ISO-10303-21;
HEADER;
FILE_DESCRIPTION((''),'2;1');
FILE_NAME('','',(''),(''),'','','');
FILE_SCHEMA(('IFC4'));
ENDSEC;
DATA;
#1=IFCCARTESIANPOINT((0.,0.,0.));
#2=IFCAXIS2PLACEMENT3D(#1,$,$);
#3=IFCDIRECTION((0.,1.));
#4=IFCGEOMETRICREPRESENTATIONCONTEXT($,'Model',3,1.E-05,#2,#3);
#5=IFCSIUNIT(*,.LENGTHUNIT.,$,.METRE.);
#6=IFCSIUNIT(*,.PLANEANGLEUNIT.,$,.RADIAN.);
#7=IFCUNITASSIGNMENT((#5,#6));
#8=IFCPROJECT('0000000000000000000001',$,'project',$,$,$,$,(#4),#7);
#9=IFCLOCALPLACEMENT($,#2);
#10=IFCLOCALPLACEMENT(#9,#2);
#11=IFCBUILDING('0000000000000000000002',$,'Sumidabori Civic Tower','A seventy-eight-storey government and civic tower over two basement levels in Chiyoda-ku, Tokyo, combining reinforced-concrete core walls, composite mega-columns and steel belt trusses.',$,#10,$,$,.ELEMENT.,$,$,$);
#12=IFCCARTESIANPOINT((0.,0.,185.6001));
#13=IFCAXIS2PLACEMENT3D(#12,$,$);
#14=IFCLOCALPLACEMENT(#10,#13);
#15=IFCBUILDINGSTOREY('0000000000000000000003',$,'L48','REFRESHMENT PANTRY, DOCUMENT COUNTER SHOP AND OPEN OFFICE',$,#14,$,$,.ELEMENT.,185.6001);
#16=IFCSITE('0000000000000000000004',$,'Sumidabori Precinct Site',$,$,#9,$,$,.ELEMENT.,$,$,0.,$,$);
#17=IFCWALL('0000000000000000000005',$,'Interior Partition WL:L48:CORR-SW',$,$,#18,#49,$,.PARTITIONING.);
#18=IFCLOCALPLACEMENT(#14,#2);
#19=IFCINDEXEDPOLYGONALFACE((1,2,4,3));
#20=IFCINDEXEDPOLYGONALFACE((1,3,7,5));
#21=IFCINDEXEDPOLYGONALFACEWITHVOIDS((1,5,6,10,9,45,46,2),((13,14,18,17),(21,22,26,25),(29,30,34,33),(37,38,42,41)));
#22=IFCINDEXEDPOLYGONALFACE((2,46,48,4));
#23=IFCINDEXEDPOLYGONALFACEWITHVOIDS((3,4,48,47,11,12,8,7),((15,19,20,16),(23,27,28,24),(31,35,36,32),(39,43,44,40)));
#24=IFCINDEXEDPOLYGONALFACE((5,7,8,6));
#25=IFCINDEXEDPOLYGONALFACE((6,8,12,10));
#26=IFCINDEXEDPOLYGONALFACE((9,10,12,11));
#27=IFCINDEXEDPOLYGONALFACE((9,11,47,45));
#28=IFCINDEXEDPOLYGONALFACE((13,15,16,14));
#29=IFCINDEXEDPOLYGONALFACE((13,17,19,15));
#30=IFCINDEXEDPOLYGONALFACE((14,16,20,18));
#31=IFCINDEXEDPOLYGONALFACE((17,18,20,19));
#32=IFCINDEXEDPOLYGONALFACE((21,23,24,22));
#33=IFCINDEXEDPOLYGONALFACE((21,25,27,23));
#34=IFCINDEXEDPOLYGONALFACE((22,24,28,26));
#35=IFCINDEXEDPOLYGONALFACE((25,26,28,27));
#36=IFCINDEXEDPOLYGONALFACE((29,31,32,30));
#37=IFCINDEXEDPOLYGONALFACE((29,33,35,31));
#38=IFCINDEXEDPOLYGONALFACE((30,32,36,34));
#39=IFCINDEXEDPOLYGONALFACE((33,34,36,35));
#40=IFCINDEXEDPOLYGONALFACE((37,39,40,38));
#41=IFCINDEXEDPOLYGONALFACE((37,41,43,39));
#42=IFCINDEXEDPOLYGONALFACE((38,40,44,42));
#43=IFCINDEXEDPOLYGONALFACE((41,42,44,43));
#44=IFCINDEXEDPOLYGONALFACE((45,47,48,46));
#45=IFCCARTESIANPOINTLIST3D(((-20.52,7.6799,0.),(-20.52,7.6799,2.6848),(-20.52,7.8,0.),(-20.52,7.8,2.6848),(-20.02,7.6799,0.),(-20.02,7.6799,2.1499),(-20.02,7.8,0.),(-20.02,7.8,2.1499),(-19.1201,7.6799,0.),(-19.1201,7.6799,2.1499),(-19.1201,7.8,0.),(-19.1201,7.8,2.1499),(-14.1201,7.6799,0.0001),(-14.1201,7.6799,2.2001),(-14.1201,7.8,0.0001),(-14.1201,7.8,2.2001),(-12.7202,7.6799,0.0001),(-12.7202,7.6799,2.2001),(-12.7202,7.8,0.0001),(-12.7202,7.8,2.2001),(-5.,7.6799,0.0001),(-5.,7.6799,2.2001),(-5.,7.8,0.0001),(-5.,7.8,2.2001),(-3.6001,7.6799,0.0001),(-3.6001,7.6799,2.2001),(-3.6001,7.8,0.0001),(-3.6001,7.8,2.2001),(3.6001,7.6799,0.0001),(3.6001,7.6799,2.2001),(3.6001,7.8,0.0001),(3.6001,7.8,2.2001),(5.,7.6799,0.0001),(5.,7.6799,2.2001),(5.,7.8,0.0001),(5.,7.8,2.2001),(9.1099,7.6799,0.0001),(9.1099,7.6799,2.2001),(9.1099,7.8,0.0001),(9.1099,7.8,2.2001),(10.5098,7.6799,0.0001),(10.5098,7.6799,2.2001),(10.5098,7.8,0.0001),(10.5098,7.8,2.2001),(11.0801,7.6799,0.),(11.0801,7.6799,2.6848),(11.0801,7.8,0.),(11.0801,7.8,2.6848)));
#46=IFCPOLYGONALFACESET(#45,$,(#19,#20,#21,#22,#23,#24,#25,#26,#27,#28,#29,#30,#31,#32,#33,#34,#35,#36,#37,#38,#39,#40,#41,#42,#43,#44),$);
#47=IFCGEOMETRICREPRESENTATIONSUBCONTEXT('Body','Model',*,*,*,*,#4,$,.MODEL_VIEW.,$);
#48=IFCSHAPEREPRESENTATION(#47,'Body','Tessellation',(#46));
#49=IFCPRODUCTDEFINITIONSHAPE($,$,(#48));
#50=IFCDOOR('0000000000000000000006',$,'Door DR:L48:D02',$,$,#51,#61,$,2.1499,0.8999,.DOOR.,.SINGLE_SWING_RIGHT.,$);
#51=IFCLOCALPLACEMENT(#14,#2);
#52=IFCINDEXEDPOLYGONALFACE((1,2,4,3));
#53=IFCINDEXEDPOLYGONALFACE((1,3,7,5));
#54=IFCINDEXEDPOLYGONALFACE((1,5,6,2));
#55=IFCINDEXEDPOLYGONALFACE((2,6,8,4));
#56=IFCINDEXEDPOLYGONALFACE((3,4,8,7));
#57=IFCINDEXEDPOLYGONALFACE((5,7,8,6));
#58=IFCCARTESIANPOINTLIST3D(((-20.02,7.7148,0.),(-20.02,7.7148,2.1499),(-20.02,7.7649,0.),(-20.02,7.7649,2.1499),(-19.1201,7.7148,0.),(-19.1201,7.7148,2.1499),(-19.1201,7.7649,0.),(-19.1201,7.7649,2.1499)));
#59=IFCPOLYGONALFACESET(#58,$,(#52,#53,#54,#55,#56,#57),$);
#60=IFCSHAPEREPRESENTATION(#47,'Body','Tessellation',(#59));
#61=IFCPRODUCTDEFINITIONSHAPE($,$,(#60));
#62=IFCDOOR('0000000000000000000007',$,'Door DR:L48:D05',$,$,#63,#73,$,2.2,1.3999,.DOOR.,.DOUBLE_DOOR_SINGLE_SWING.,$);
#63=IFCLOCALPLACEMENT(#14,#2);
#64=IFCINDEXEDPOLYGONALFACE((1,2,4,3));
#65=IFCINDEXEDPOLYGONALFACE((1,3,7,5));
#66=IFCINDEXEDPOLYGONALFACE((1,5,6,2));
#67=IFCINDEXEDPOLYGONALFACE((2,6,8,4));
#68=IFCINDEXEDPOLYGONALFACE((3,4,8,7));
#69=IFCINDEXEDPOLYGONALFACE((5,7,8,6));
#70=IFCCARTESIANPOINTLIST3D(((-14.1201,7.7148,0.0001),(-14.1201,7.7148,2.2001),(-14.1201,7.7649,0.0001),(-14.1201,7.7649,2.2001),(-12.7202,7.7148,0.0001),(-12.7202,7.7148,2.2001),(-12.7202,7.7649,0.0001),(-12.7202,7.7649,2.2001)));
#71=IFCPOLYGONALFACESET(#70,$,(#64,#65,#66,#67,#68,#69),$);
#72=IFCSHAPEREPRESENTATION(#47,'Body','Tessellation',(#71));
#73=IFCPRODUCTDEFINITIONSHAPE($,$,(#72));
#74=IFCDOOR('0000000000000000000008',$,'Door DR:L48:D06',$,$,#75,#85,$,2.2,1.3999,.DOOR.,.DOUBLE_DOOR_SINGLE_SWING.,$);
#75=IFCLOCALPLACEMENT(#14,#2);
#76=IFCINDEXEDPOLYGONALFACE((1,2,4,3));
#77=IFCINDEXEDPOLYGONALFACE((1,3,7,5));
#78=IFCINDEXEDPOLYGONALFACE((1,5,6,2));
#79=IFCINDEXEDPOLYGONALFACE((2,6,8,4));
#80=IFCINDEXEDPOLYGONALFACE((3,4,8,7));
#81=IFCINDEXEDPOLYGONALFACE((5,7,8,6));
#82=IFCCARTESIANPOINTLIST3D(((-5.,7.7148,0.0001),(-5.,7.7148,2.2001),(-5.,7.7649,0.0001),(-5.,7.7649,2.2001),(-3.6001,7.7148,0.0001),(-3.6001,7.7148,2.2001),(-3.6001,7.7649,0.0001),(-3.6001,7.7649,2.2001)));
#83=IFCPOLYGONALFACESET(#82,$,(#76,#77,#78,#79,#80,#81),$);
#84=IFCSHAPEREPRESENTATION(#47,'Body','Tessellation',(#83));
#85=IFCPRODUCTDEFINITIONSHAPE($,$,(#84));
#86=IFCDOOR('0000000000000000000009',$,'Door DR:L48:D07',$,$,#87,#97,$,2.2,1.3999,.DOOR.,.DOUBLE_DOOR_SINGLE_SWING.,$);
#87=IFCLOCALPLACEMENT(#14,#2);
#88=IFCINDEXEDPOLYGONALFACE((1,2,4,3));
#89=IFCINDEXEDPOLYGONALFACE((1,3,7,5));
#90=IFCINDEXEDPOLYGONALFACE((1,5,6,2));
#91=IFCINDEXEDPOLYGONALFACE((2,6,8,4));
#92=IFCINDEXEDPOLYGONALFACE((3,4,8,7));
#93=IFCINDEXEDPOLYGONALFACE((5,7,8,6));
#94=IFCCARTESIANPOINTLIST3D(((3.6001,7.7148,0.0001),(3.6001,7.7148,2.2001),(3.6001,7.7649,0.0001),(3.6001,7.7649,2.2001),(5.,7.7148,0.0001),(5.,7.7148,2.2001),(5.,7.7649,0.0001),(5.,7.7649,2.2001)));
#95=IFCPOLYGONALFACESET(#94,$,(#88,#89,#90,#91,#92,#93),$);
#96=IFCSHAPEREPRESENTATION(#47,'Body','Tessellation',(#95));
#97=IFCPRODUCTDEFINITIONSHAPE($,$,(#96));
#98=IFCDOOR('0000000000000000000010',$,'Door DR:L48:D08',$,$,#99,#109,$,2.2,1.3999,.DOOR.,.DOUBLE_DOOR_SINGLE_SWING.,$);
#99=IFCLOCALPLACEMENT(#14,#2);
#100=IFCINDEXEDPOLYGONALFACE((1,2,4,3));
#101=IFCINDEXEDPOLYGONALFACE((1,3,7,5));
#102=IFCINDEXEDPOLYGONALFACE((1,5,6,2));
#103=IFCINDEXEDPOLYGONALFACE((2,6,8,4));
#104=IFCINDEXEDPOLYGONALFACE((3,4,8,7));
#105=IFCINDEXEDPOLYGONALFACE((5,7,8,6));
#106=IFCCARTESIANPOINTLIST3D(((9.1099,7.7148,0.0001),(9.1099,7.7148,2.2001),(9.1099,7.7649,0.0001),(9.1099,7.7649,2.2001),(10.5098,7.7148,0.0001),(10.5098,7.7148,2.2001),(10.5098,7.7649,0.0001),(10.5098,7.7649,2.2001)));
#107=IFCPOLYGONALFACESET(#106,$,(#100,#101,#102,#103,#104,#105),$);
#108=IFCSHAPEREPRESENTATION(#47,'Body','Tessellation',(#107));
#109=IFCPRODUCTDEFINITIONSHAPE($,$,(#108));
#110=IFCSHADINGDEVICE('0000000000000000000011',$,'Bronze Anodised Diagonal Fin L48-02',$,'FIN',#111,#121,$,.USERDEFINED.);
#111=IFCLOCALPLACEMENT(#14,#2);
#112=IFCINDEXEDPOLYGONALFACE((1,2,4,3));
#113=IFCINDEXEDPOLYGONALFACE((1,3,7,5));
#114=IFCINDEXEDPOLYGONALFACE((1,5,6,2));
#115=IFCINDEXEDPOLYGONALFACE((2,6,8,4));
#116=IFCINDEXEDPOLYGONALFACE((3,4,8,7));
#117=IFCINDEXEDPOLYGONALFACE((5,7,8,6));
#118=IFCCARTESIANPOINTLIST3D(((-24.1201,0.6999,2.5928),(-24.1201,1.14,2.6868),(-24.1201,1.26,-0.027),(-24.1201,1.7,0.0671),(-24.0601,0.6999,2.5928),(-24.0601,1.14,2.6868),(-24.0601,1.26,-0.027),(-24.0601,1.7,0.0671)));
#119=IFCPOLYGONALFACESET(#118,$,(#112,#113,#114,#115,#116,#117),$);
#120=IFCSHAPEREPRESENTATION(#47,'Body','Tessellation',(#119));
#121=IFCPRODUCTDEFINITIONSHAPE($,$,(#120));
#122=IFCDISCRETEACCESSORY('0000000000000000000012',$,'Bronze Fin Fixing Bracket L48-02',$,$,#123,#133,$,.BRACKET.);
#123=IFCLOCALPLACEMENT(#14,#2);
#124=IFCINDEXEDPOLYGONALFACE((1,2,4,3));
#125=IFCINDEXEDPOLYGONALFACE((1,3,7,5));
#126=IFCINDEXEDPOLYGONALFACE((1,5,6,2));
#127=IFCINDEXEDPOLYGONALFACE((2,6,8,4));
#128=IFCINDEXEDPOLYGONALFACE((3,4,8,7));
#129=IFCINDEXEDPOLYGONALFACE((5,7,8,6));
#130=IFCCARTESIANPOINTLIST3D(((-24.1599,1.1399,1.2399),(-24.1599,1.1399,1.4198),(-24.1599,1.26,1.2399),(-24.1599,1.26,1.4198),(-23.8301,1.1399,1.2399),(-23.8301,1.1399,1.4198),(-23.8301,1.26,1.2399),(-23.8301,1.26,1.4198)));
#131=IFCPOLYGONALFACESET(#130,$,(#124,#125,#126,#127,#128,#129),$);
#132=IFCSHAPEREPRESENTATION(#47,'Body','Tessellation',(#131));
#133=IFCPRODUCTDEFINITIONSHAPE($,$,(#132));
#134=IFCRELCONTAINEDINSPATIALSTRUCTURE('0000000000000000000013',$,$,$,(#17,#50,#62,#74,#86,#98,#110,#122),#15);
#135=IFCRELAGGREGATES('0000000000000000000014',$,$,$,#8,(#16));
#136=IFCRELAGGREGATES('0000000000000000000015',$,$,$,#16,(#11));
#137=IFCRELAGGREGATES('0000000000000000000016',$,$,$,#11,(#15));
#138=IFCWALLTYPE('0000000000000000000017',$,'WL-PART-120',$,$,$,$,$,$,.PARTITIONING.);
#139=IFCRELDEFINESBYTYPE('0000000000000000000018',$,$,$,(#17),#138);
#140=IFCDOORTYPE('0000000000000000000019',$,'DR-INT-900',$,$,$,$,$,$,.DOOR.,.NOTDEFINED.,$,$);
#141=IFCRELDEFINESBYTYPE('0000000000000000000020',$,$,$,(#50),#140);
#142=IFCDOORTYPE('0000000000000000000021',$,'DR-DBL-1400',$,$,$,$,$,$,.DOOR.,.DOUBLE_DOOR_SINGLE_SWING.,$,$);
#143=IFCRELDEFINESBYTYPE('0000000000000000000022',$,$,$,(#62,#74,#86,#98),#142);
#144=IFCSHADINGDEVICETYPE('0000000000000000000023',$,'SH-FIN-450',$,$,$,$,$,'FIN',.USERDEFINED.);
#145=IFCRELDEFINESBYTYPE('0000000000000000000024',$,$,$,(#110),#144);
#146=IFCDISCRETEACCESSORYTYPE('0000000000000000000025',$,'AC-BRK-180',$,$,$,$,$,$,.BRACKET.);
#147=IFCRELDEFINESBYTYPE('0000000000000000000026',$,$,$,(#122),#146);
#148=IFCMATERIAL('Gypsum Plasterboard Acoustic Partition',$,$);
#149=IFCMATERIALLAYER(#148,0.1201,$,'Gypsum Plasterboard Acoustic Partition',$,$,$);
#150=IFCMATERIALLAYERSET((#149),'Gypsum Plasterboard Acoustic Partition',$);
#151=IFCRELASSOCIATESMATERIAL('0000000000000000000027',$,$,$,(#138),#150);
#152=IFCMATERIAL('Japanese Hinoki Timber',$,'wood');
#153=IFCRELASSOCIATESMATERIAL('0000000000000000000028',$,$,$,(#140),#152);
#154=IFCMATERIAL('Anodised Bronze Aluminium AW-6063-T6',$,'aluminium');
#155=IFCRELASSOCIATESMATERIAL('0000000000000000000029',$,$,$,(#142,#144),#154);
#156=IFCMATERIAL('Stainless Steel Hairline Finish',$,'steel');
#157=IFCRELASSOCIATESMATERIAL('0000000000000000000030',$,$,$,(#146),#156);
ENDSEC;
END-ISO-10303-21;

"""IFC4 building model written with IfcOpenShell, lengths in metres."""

from ifc_helpers import new_model, si_unit, direction, frame, frame_2d, origin, origin_2d, place, context, subcontext, project, spatial, rectangle, extrude, source, transform, mapped, material, layer, layer_set, material_profile, profile_set, type_object, element, fill, save


model = new_model("IFC4")

# Units and contexts
model_context = context("Model", 3, precision=1e-05, world=origin(), true_north=direction((0.0, 1.0)))
body_context = subcontext(model_context, "Body", "Model", "MODEL_VIEW")
ifc_project = project(units=[si_unit("LENGTHUNIT", "METRE"), si_unit("PLANEANGLEUNIT", "RADIAN")], contexts=[model_context])

# Site, building, storey
site_placement = place(None, origin())
site = spatial("IfcSite", under=ifc_project, at=site_placement, Name="Sumidabori Precinct Site", CompositionType="ELEMENT", RefElevation=0.0)
building_placement = place(site_placement, origin())
building = spatial("IfcBuilding", under=site, at=building_placement, Name="Sumidabori Civic Tower", Description="A seventy-eight-storey government and civic tower over two basement levels in Chiyoda-ku, Tokyo, combining reinforced-concrete core walls, composite mega-columns and steel belt trusses.", CompositionType="ELEMENT")
storey_placement = place(building_placement, frame((0.0, 0.0, 185.6001)))
storey = spatial("IfcBuildingStorey", under=building, at=storey_placement, Name="L48", Description="REFRESHMENT PANTRY, DOCUMENT COUNTER SHOP AND OPEN OFFICE", CompositionType="ELEMENT", Elevation=185.6001)

# Shared definitions
ifc_material_1 = material(Name="Anodised Bronze Aluminium AW-6063-T6", Category="aluminium")

# Shared definitions
ifc_material_2 = material(Name="Gypsum Plasterboard Acoustic Partition")
ifc_layer_1 = layer(ifc_material_2, 0.1201, Name="Gypsum Plasterboard Acoustic Partition")
ifc_layer_set_1 = layer_set([ifc_layer_1], Name="Gypsum Plasterboard Acoustic Partition")
wall_type = type_object("IfcWallType", Name="WL-PART-120", PredefinedType="PARTITIONING", material=ifc_layer_set_1)
ifc_material_3 = material(Name="Japanese Hinoki Timber", Category="wood")
door_type_1 = type_object("IfcDoorType", Name="DR-INT-900", OperationType="NOTDEFINED", PredefinedType="DOOR", material=ifc_material_3)
shared_shape_1 = source(origin(), body_context, "Body", "SweptSolid", [
    extrude(rectangle(XDim=0.8999, YDim=2.1499, at=frame_2d((0.45, 1.075))), frame((0.0, 0.0249, 0.0), z_axis=(0.0, -1.0, 0.0), x_axis=(1.0, 0.0, 0.0)), (0.0, 0.0, 1.0), 0.05),
])

# Wall, openings, doors
shared_shape_2 = source(origin(), body_context, "Body", "SweptSolid", [
    extrude(rectangle(XDim=31.6001, YDim=0.1201, at=frame_2d((15.8, 0.0))), origin(), (0.0, 0.0, 1.0), 2.6848),
])
wall_1_placement = place(storey_placement, frame((-20.52, 7.74, 0.0), z_axis=(0.0, 0.0, 1.0), x_axis=(1.0, 0.0, 0.0)))
wall_1 = element("IfcWall", 1, at=wall_1_placement, inside=storey, type_object=wall_type, Name="Interior Partition WL:L48:CORR-SW", PredefinedType="PARTITIONING", context=body_context, shape_type="MappedRepresentation", body=[
    mapped(shared_shape_2, transform((0.0, 0.0, 0.0), x_axis=(1.0, 0.0, 0.0), y_axis=(0.0, 1.0, 0.0), z_axis=(0.0, 0.0, 1.0), scale=1.0)),
])
opening_1_placement = place(wall_1_placement, frame((0.5, 0.0, 0.0)))
opening_1 = element("IfcOpeningElement", 2, at=opening_1_placement, cuts=wall_1, PredefinedType="OPENING", context=body_context, shape_type="SweptSolid", body=[
    extrude(rectangle(XDim=0.8999, YDim=2.1499, at=frame_2d((0.45, 1.075))), frame((0.0, 0.072, 0.0), z_axis=(0.0, -1.0, 0.0), x_axis=(1.0, 0.0, 0.0)), (0.0, 0.0, 1.0), 0.144),
])
opening_2_placement = place(wall_1_placement, frame((6.3999, 0.0, 0.0)))
opening_2 = element("IfcOpeningElement", 3, at=opening_2_placement, cuts=wall_1, PredefinedType="OPENING", context=body_context, shape_type="SweptSolid", body=[
    extrude(rectangle(XDim=1.3999, YDim=2.2, at=frame_2d((0.7, 1.1001))), frame((0.0, 0.072, 0.0), z_axis=(0.0, -1.0, 0.0), x_axis=(1.0, 0.0, 0.0)), (0.0, 0.0, 1.0), 0.144),
])
opening_3_placement = place(wall_1_placement, frame((15.52, 0.0, 0.0)))
opening_3 = element("IfcOpeningElement", 4, at=opening_3_placement, cuts=wall_1, PredefinedType="OPENING", context=body_context, shape_type="SweptSolid", body=[
    extrude(rectangle(XDim=1.3999, YDim=2.2, at=frame_2d((0.7, 1.1001))), frame((0.0, 0.072, 0.0), z_axis=(0.0, -1.0, 0.0), x_axis=(1.0, 0.0, 0.0)), (0.0, 0.0, 1.0), 0.144),
])
opening_4_placement = place(wall_1_placement, frame((24.1201, 0.0, 0.0)))
opening_4 = element("IfcOpeningElement", 5, at=opening_4_placement, cuts=wall_1, PredefinedType="OPENING", context=body_context, shape_type="SweptSolid", body=[
    extrude(rectangle(XDim=1.3999, YDim=2.2, at=frame_2d((0.7, 1.1001))), frame((0.0, 0.072, 0.0), z_axis=(0.0, -1.0, 0.0), x_axis=(1.0, 0.0, 0.0)), (0.0, 0.0, 1.0), 0.144),
])
opening_5_placement = place(wall_1_placement, frame((29.6299, 0.0, 0.0)))
opening_5 = element("IfcOpeningElement", 6, at=opening_5_placement, cuts=wall_1, PredefinedType="OPENING", context=body_context, shape_type="SweptSolid", body=[
    extrude(rectangle(XDim=1.3999, YDim=2.2, at=frame_2d((0.7, 1.1001))), frame((0.0, 0.072, 0.0), z_axis=(0.0, -1.0, 0.0), x_axis=(1.0, 0.0, 0.0)), (0.0, 0.0, 1.0), 0.144),
])
door_1_placement = place(opening_1_placement, origin())
door_1 = element("IfcDoor", 7, at=door_1_placement, inside=storey, type_object=door_type_1, Name="Door DR:L48:D02", OperationType="SINGLE_SWING_RIGHT", OverallHeight=2.1499, OverallWidth=0.8999, PredefinedType="DOOR", context=body_context, shape_type="MappedRepresentation", body=[
    mapped(shared_shape_1, transform((0.0, 0.0, 0.0), x_axis=(1.0, 0.0, 0.0), y_axis=(0.0, 1.0, 0.0), z_axis=(0.0, 0.0, 1.0), scale=1.0)),
])
fill(opening_1, door_1)
door_type_2 = type_object("IfcDoorType", Name="DR-DBL-1400", OperationType="DOUBLE_DOOR_SINGLE_SWING", PredefinedType="DOOR", material=ifc_material_1)
shared_shape_3 = source(origin(), body_context, "Body", "SweptSolid", [
    extrude(rectangle(XDim=1.3999, YDim=2.2, at=frame_2d((0.7, 1.1001))), frame((0.0, 0.0249, 0.0), z_axis=(0.0, -1.0, 0.0), x_axis=(1.0, 0.0, 0.0)), (0.0, 0.0, 1.0), 0.05),
])
door_2_placement = place(opening_2_placement, origin())
door_2 = element("IfcDoor", 8, at=door_2_placement, inside=storey, type_object=door_type_2, Name="Door DR:L48:D05", OperationType="DOUBLE_DOOR_SINGLE_SWING", OverallHeight=2.2, OverallWidth=1.3999, PredefinedType="DOOR", context=body_context, shape_type="MappedRepresentation", body=[
    mapped(shared_shape_3, transform((0.0, 0.0, 0.0), x_axis=(1.0, 0.0, 0.0), y_axis=(0.0, 1.0, 0.0), z_axis=(0.0, 0.0, 1.0), scale=1.0)),
])
fill(opening_2, door_2)
door_3_placement = place(opening_3_placement, origin())
door_3 = element("IfcDoor", 9, at=door_3_placement, inside=storey, type_object=door_type_2, Name="Door DR:L48:D06", OperationType="DOUBLE_DOOR_SINGLE_SWING", OverallHeight=2.2, OverallWidth=1.3999, PredefinedType="DOOR", context=body_context, shape_type="MappedRepresentation", body=[
    mapped(shared_shape_3, transform((0.0, 0.0, 0.0), x_axis=(1.0, 0.0, 0.0), y_axis=(0.0, 1.0, 0.0), z_axis=(0.0, 0.0, 1.0), scale=1.0)),
])
fill(opening_3, door_3)
door_4_placement = place(opening_4_placement, origin())
door_4 = element("IfcDoor", 10, at=door_4_placement, inside=storey, type_object=door_type_2, Name="Door DR:L48:D07", OperationType="DOUBLE_DOOR_SINGLE_SWING", OverallHeight=2.2, OverallWidth=1.3999, PredefinedType="DOOR", context=body_context, shape_type="MappedRepresentation", body=[
    mapped(shared_shape_3, transform((0.0, 0.0, 0.0), x_axis=(1.0, 0.0, 0.0), y_axis=(0.0, 1.0, 0.0), z_axis=(0.0, 0.0, 1.0), scale=1.0)),
])
fill(opening_4, door_4)
door_5_placement = place(opening_5_placement, origin())
door_5 = element("IfcDoor", 11, at=door_5_placement, inside=storey, type_object=door_type_2, Name="Door DR:L48:D08", OperationType="DOUBLE_DOOR_SINGLE_SWING", OverallHeight=2.2, OverallWidth=1.3999, PredefinedType="DOOR", context=body_context, shape_type="MappedRepresentation", body=[
    mapped(shared_shape_3, transform((0.0, 0.0, 0.0), x_axis=(1.0, 0.0, 0.0), y_axis=(0.0, 1.0, 0.0), z_axis=(0.0, 0.0, 1.0), scale=1.0)),
])
fill(opening_5, door_5)

# Shading device
ifc_material_profile_1 = material_profile(ifc_material_1, rectangle(XDim=0.0601, YDim=0.45, at=origin_2d()), Name="BRONZE FIN 450x60")
ifc_profile_set_1 = profile_set([ifc_material_profile_1], Name="Anodised Bronze Aluminium AW-6063-T6")
shading_device_type = type_object("IfcShadingDeviceType", Name="SH-FIN-450", ElementType="FIN", PredefinedType="USERDEFINED", material=ifc_profile_set_1)
shared_shape_4 = source(origin(), body_context, "Body", "SweptSolid", [
    extrude(rectangle(XDim=0.0601, YDim=0.45, at=origin_2d()), origin(), (0.0, 0.0, 1.0), 2.679),
])
shading_device_placement = place(storey_placement, frame((-24.0901, 1.48, 0.02), z_axis=(0.0, -0.20905, 0.977905), x_axis=(-1.0, 0.0, 0.0)))
element("IfcShadingDevice", 12, at=shading_device_placement, inside=storey, type_object=shading_device_type, Name="Bronze Anodised Diagonal Fin L48-02", ObjectType="FIN", PredefinedType="USERDEFINED", context=body_context, shape_type="MappedRepresentation", body=[
    mapped(shared_shape_4, transform((0.0, 0.0, 0.0), x_axis=(1.0, 0.0, 0.0), y_axis=(0.0, 1.0, 0.0), z_axis=(0.0, 0.0, 1.0), scale=1.0)),
])

# Discrete accessory
ifc_material_4 = material(Name="Stainless Steel Hairline Finish", Category="steel")
ifc_material_profile_2 = material_profile(ifc_material_4, rectangle(XDim=0.1201, YDim=0.1799, at=origin_2d()), Name="STEEL BRACKET 180x120")
ifc_profile_set_2 = profile_set([ifc_material_profile_2], Name="Stainless Steel Hairline Finish")
discrete_accessory_type = type_object("IfcDiscreteAccessoryType", Name="AC-BRK-180", PredefinedType="BRACKET", material=ifc_profile_set_2)
shared_shape_5 = source(origin(), body_context, "Body", "SweptSolid", [
    extrude(rectangle(XDim=0.1201, YDim=0.1799, at=origin_2d()), origin(), (0.0, 0.0, 1.0), 0.3298),
])
discrete_accessory_placement = place(storey_placement, frame((-23.8301, 1.2, 1.3298), z_axis=(-1.0, 0.0, 0.0), x_axis=(0.0, -1.0, 0.0)))
element("IfcDiscreteAccessory", 13, at=discrete_accessory_placement, inside=storey, type_object=discrete_accessory_type, Name="Bronze Fin Fixing Bracket L48-02", PredefinedType="BRACKET", context=body_context, shape_type="MappedRepresentation", body=[
    mapped(shared_shape_5, transform((0.0, 0.0, 0.0), x_axis=(1.0, 0.0, 0.0), y_axis=(0.0, 1.0, 0.0), z_axis=(0.0, 0.0, 1.0), scale=1.0)),
])

save(model, "model.ifc")
